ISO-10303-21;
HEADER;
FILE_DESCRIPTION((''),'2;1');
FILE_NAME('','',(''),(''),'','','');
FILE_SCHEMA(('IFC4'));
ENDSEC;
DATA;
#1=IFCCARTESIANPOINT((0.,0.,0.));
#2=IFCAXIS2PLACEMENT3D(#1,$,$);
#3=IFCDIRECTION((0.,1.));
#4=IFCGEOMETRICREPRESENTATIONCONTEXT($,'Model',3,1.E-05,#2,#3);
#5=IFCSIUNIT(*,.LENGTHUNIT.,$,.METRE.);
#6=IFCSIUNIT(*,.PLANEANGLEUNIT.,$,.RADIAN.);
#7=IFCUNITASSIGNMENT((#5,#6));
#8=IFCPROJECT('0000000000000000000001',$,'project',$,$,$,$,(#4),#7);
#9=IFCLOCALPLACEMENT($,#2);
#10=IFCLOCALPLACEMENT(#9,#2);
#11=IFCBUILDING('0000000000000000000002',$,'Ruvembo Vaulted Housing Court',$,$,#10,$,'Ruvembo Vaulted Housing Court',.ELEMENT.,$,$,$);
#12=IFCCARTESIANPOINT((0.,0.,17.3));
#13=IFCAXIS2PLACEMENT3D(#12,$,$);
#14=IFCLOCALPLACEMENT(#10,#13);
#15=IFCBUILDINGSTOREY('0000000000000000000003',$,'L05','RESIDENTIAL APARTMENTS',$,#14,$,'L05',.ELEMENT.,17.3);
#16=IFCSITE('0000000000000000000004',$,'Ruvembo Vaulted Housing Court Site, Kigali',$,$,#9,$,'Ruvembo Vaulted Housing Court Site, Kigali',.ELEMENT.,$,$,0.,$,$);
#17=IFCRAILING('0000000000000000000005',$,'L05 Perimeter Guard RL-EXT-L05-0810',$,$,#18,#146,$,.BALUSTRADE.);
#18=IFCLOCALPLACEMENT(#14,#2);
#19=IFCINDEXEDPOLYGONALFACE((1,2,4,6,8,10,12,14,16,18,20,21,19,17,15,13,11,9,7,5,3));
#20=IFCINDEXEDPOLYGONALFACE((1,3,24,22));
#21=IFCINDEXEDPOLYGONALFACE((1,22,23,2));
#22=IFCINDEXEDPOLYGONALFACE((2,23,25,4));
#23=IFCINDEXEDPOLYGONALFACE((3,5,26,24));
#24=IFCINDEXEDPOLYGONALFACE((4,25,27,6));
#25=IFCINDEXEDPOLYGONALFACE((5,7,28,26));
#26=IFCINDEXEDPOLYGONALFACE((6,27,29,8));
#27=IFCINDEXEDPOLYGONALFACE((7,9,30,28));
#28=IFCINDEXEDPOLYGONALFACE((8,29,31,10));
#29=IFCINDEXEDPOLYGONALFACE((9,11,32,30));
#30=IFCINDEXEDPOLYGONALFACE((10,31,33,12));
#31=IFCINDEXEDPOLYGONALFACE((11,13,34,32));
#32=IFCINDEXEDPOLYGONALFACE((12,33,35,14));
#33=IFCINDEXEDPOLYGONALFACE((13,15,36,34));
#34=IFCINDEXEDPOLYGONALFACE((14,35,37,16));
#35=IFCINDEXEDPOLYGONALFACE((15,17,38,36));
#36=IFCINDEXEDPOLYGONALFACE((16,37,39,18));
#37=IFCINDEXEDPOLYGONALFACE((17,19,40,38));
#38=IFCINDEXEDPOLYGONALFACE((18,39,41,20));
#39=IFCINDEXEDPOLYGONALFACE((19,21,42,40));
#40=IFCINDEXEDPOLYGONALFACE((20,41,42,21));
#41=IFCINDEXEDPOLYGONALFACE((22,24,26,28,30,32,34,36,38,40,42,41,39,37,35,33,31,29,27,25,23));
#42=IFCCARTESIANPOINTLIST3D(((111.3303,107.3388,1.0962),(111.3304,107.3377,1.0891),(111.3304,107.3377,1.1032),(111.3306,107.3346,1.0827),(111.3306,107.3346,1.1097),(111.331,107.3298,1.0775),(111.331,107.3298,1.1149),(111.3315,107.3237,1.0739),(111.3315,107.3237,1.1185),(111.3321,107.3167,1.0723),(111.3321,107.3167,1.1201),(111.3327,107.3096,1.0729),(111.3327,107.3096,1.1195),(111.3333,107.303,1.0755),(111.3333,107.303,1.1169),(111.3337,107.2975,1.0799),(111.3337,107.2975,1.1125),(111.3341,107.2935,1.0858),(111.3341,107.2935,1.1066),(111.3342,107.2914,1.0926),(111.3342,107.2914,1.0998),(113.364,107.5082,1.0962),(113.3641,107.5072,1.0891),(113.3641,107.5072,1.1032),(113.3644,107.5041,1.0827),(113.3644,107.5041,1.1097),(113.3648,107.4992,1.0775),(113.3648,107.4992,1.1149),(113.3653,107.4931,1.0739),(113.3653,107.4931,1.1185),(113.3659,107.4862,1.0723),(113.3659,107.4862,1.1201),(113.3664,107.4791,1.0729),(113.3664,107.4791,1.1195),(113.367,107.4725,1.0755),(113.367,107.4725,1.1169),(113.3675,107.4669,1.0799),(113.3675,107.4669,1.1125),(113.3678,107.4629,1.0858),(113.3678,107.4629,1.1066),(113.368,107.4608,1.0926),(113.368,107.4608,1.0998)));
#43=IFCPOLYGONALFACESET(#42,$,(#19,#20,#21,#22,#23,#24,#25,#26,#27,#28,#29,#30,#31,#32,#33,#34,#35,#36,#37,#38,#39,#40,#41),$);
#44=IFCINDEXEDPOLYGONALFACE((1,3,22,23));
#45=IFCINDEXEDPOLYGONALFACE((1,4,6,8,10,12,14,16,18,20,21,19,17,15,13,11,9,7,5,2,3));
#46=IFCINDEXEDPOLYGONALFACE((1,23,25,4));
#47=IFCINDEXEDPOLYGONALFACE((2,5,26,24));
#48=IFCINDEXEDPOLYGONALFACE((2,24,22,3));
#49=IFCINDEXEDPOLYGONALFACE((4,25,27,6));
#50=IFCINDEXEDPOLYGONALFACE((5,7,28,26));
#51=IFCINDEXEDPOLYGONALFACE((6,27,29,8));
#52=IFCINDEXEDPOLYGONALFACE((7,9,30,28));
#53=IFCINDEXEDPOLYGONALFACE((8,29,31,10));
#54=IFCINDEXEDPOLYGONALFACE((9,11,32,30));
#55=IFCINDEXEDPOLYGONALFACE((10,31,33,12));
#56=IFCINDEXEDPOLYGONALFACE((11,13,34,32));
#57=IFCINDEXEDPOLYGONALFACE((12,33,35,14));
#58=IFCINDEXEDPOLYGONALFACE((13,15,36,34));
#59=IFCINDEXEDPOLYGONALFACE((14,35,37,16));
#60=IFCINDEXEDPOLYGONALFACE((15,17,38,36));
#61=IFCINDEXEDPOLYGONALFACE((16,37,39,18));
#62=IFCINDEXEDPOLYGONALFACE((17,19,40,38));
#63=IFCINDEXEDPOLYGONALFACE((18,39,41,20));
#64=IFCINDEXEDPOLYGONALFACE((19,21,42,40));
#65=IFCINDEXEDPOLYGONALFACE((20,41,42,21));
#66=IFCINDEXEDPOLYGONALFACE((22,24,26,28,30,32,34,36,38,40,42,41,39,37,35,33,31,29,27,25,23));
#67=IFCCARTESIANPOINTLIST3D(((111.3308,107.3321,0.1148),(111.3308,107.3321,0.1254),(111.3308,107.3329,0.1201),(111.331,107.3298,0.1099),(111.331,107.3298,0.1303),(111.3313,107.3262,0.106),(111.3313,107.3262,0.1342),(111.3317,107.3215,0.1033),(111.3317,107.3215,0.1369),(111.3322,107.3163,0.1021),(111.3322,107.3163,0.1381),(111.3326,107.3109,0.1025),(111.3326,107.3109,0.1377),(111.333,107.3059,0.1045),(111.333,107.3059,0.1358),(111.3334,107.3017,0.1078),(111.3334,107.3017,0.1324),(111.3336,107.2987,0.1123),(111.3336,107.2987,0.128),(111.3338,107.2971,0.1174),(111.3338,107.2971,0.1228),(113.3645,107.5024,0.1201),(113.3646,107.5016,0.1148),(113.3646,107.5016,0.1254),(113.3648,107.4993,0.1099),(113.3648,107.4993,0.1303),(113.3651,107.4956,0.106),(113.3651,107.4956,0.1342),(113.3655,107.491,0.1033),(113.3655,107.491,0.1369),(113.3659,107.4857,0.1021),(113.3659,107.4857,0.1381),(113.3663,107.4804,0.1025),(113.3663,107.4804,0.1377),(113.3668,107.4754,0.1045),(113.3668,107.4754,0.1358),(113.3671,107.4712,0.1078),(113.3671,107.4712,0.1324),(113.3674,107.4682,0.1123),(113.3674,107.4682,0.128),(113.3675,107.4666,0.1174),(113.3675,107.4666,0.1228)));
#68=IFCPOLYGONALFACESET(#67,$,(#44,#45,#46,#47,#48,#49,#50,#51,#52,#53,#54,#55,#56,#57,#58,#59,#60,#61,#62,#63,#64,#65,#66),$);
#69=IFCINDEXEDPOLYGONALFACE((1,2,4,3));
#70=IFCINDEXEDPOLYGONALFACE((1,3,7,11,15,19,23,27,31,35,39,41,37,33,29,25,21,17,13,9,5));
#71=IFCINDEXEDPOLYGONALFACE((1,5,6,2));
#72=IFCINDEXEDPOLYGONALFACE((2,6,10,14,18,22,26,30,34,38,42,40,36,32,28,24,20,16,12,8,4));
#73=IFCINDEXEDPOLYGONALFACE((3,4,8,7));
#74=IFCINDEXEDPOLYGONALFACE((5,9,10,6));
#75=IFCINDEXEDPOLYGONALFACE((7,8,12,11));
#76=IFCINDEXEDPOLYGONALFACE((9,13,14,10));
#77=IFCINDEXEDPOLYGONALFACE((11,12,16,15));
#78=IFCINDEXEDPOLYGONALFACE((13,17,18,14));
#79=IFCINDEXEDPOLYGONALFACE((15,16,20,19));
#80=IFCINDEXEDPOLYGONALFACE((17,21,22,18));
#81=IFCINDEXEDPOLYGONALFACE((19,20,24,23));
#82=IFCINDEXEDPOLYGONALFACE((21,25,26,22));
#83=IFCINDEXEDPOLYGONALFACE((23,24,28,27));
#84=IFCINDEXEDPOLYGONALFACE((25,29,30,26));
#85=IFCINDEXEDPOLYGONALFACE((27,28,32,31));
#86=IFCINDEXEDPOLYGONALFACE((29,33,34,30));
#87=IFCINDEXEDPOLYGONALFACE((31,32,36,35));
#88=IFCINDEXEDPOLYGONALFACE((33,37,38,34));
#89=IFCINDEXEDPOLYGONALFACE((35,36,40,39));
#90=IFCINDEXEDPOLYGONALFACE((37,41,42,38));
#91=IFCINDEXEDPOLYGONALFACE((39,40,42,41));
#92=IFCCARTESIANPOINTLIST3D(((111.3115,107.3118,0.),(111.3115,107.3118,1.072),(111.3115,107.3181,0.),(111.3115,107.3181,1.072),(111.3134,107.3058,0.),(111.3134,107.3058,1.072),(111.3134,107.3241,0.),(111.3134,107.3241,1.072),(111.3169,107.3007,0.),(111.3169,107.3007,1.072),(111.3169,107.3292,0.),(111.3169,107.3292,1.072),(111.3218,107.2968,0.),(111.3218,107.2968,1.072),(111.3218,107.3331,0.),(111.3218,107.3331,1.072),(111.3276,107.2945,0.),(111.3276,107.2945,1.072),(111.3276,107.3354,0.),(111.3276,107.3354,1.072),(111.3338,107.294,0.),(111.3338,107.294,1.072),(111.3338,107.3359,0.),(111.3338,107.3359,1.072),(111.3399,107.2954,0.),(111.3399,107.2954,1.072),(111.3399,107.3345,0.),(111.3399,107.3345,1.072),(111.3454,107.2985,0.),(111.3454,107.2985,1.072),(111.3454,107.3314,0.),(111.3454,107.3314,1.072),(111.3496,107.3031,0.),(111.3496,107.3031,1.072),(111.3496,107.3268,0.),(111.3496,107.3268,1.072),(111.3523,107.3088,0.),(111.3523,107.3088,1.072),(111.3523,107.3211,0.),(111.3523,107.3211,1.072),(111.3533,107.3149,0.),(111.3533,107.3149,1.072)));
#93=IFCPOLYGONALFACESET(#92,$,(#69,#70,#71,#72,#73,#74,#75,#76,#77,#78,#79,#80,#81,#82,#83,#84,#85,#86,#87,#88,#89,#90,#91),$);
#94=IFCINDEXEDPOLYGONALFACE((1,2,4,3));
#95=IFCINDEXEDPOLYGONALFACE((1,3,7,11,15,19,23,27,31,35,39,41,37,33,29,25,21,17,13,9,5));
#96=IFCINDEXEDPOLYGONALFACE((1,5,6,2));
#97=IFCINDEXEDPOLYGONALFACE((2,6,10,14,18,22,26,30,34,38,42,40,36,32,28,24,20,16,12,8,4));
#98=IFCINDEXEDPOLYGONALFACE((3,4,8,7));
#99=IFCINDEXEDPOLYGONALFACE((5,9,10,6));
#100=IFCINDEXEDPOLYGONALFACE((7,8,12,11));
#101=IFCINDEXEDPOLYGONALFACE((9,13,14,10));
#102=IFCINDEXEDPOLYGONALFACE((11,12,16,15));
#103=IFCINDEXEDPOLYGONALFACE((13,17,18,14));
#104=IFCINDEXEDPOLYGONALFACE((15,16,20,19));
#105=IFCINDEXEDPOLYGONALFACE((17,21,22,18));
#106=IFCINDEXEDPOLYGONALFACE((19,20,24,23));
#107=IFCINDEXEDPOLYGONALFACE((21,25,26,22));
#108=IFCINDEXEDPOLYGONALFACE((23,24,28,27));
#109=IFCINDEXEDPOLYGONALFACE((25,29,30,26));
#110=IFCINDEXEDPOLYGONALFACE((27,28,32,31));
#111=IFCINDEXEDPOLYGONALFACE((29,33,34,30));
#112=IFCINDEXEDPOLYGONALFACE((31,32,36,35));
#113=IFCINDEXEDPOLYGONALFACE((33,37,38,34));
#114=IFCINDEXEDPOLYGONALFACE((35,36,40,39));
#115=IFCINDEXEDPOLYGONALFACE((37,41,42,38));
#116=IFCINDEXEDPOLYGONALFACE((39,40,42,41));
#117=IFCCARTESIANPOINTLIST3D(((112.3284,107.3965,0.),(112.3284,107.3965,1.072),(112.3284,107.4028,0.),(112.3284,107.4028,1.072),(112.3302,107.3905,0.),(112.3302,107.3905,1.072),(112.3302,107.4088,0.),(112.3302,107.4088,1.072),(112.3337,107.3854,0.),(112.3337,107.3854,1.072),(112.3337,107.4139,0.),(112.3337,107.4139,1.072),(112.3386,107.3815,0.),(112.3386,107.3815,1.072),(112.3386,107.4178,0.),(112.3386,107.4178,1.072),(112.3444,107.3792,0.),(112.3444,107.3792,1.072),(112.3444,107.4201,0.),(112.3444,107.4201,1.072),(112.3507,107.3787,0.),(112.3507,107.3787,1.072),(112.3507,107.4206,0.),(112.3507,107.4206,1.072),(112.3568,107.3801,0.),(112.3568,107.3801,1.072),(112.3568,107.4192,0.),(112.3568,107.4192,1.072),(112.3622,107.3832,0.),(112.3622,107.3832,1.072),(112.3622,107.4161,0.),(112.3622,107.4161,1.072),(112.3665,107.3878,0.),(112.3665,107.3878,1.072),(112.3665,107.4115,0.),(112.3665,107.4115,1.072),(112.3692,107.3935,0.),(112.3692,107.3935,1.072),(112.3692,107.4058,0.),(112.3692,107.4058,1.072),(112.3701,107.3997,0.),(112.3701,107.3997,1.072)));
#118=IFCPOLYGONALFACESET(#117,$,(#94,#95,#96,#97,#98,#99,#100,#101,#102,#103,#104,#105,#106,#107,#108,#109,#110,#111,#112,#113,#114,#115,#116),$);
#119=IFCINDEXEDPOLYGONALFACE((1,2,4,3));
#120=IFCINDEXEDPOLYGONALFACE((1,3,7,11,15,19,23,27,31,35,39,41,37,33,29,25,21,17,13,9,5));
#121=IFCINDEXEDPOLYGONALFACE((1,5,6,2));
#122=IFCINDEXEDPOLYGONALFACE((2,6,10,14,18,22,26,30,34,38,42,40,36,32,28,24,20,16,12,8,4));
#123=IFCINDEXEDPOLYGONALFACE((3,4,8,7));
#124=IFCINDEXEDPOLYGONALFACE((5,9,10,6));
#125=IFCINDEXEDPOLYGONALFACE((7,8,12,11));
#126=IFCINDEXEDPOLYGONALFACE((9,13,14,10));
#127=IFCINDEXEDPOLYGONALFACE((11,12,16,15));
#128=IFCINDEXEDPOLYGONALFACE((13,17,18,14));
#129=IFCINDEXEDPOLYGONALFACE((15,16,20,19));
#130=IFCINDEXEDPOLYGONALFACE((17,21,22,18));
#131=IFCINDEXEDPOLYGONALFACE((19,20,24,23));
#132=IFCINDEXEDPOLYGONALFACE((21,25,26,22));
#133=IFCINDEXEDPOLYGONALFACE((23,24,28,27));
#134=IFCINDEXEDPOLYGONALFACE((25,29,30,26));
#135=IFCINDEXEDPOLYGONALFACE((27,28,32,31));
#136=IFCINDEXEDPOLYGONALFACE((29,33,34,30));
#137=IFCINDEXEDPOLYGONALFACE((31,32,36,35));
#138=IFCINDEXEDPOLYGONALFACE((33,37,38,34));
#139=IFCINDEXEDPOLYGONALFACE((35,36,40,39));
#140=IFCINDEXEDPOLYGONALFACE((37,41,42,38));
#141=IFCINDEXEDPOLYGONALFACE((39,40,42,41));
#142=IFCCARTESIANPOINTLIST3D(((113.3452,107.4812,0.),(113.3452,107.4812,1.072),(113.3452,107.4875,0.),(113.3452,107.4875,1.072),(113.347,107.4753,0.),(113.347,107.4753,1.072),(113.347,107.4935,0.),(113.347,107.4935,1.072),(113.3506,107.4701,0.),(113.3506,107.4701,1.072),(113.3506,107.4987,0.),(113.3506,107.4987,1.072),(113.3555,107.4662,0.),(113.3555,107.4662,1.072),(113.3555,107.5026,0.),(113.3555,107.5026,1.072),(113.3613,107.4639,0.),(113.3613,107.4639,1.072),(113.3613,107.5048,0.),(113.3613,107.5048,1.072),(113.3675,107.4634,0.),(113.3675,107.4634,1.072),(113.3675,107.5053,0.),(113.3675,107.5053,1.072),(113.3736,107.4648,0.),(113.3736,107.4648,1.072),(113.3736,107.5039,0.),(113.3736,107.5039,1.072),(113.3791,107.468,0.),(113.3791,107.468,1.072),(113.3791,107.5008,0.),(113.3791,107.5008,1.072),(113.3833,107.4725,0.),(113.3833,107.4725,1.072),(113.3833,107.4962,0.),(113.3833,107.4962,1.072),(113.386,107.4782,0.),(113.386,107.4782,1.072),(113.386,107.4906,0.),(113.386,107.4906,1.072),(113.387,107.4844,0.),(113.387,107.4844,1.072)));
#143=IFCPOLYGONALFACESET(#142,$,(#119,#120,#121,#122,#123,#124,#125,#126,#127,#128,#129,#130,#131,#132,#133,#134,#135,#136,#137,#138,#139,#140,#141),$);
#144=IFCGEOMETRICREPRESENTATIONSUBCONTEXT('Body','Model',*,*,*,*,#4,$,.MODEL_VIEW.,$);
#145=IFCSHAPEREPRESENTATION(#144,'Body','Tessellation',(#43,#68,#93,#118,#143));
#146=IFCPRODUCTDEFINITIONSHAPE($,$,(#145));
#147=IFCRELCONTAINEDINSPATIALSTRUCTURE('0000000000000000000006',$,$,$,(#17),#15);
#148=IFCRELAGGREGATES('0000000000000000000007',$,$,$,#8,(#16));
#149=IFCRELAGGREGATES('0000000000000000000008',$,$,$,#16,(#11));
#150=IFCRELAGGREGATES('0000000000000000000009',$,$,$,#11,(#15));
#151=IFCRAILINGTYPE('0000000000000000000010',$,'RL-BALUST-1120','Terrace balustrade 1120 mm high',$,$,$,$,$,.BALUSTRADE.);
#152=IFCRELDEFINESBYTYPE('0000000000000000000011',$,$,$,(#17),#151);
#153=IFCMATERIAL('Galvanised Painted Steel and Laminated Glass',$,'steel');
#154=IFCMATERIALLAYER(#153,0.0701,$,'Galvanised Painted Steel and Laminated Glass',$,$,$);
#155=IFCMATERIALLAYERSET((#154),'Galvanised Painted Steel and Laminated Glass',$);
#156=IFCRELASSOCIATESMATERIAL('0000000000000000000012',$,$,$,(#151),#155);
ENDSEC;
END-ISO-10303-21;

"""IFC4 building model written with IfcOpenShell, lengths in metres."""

from ifc_helpers import new_model, si_unit, direction, frame, origin, origin_2d, place, context, subcontext, project, spatial, circle, extrude, material, layer, layer_set, type_object, element, save


model = new_model("IFC4")

# Units and contexts
model_context = context("Model", 3, precision=1e-05, world=origin(), true_north=direction((0.0, 1.0)))
body_context = subcontext(model_context, "Body", "Model", "MODEL_VIEW")
ifc_project = project(units=[si_unit("LENGTHUNIT", "METRE"), si_unit("PLANEANGLEUNIT", "RADIAN")], contexts=[model_context])

# Site, building, storey
site_placement = place(None, origin())
site = spatial("IfcSite", under=ifc_project, at=site_placement, Name="Ruvembo Vaulted Housing Court Site, Kigali", LongName="Ruvembo Vaulted Housing Court Site, Kigali", CompositionType="ELEMENT", RefElevation=0.0)
building_placement = place(site_placement, origin())
building = spatial("IfcBuilding", under=site, at=building_placement, Name="Ruvembo Vaulted Housing Court", LongName="Ruvembo Vaulted Housing Court", CompositionType="ELEMENT")
storey_placement = place(building_placement, frame((0.0, 0.0, 17.3)))
storey = spatial("IfcBuildingStorey", under=building, at=storey_placement, Name="L05", Description="RESIDENTIAL APARTMENTS", LongName="L05", CompositionType="ELEMENT", Elevation=17.3)

# Railing
ifc_material_1 = material(Name="Galvanised Painted Steel and Laminated Glass", Category="steel")
ifc_layer_1 = layer(ifc_material_1, 0.0701, Name="Galvanised Painted Steel and Laminated Glass")
ifc_layer_set_1 = layer_set([ifc_layer_1], Name="Galvanised Painted Steel and Laminated Glass")
railing_type = type_object("IfcRailingType", Name="RL-BALUST-1120", Description="Terrace balustrade 1120 mm high", PredefinedType="BALUSTRADE", material=ifc_layer_set_1)
railing_1_placement = place(storey_placement, frame((111.3323, 107.3149, 0.0)))
element("IfcRailing", 1, at=railing_1_placement, inside=storey, type_object=railing_type, Name="L05 Perimeter Guard RL-EXT-L05-0810", PredefinedType="BALUSTRADE", context=body_context, shape_type="SweptSolid", body=[
    extrude(circle(Radius=0.0239, at=origin_2d()), frame((0.0, 0.0, 1.0962), z_axis=(0.996547, 0.083026, 0.0), x_axis=(-0.083026, 0.996547, 0.0)), (0.0, 0.0, 1.0), 2.0408),
    extrude(circle(Radius=0.0181, at=origin_2d()), frame((0.0, 0.0, 0.1201), z_axis=(0.996547, 0.083026, 0.0), x_axis=(-0.083026, 0.996547, 0.0)), (0.0, 0.0, 1.0), 2.0408),
    extrude(circle(Radius=0.021, at=origin_2d()), origin(), (0.0, 0.0, 1.0), 1.072),
    extrude(circle(Radius=0.021, at=origin_2d()), frame((1.0168, 0.0847, 0.0)), (0.0, 0.0, 1.0), 1.072),
    extrude(circle(Radius=0.021, at=origin_2d()), frame((2.0337, 0.1694, 0.0)), (0.0, 0.0, 1.0), 1.072),
])

save(model, "model.ifc")
